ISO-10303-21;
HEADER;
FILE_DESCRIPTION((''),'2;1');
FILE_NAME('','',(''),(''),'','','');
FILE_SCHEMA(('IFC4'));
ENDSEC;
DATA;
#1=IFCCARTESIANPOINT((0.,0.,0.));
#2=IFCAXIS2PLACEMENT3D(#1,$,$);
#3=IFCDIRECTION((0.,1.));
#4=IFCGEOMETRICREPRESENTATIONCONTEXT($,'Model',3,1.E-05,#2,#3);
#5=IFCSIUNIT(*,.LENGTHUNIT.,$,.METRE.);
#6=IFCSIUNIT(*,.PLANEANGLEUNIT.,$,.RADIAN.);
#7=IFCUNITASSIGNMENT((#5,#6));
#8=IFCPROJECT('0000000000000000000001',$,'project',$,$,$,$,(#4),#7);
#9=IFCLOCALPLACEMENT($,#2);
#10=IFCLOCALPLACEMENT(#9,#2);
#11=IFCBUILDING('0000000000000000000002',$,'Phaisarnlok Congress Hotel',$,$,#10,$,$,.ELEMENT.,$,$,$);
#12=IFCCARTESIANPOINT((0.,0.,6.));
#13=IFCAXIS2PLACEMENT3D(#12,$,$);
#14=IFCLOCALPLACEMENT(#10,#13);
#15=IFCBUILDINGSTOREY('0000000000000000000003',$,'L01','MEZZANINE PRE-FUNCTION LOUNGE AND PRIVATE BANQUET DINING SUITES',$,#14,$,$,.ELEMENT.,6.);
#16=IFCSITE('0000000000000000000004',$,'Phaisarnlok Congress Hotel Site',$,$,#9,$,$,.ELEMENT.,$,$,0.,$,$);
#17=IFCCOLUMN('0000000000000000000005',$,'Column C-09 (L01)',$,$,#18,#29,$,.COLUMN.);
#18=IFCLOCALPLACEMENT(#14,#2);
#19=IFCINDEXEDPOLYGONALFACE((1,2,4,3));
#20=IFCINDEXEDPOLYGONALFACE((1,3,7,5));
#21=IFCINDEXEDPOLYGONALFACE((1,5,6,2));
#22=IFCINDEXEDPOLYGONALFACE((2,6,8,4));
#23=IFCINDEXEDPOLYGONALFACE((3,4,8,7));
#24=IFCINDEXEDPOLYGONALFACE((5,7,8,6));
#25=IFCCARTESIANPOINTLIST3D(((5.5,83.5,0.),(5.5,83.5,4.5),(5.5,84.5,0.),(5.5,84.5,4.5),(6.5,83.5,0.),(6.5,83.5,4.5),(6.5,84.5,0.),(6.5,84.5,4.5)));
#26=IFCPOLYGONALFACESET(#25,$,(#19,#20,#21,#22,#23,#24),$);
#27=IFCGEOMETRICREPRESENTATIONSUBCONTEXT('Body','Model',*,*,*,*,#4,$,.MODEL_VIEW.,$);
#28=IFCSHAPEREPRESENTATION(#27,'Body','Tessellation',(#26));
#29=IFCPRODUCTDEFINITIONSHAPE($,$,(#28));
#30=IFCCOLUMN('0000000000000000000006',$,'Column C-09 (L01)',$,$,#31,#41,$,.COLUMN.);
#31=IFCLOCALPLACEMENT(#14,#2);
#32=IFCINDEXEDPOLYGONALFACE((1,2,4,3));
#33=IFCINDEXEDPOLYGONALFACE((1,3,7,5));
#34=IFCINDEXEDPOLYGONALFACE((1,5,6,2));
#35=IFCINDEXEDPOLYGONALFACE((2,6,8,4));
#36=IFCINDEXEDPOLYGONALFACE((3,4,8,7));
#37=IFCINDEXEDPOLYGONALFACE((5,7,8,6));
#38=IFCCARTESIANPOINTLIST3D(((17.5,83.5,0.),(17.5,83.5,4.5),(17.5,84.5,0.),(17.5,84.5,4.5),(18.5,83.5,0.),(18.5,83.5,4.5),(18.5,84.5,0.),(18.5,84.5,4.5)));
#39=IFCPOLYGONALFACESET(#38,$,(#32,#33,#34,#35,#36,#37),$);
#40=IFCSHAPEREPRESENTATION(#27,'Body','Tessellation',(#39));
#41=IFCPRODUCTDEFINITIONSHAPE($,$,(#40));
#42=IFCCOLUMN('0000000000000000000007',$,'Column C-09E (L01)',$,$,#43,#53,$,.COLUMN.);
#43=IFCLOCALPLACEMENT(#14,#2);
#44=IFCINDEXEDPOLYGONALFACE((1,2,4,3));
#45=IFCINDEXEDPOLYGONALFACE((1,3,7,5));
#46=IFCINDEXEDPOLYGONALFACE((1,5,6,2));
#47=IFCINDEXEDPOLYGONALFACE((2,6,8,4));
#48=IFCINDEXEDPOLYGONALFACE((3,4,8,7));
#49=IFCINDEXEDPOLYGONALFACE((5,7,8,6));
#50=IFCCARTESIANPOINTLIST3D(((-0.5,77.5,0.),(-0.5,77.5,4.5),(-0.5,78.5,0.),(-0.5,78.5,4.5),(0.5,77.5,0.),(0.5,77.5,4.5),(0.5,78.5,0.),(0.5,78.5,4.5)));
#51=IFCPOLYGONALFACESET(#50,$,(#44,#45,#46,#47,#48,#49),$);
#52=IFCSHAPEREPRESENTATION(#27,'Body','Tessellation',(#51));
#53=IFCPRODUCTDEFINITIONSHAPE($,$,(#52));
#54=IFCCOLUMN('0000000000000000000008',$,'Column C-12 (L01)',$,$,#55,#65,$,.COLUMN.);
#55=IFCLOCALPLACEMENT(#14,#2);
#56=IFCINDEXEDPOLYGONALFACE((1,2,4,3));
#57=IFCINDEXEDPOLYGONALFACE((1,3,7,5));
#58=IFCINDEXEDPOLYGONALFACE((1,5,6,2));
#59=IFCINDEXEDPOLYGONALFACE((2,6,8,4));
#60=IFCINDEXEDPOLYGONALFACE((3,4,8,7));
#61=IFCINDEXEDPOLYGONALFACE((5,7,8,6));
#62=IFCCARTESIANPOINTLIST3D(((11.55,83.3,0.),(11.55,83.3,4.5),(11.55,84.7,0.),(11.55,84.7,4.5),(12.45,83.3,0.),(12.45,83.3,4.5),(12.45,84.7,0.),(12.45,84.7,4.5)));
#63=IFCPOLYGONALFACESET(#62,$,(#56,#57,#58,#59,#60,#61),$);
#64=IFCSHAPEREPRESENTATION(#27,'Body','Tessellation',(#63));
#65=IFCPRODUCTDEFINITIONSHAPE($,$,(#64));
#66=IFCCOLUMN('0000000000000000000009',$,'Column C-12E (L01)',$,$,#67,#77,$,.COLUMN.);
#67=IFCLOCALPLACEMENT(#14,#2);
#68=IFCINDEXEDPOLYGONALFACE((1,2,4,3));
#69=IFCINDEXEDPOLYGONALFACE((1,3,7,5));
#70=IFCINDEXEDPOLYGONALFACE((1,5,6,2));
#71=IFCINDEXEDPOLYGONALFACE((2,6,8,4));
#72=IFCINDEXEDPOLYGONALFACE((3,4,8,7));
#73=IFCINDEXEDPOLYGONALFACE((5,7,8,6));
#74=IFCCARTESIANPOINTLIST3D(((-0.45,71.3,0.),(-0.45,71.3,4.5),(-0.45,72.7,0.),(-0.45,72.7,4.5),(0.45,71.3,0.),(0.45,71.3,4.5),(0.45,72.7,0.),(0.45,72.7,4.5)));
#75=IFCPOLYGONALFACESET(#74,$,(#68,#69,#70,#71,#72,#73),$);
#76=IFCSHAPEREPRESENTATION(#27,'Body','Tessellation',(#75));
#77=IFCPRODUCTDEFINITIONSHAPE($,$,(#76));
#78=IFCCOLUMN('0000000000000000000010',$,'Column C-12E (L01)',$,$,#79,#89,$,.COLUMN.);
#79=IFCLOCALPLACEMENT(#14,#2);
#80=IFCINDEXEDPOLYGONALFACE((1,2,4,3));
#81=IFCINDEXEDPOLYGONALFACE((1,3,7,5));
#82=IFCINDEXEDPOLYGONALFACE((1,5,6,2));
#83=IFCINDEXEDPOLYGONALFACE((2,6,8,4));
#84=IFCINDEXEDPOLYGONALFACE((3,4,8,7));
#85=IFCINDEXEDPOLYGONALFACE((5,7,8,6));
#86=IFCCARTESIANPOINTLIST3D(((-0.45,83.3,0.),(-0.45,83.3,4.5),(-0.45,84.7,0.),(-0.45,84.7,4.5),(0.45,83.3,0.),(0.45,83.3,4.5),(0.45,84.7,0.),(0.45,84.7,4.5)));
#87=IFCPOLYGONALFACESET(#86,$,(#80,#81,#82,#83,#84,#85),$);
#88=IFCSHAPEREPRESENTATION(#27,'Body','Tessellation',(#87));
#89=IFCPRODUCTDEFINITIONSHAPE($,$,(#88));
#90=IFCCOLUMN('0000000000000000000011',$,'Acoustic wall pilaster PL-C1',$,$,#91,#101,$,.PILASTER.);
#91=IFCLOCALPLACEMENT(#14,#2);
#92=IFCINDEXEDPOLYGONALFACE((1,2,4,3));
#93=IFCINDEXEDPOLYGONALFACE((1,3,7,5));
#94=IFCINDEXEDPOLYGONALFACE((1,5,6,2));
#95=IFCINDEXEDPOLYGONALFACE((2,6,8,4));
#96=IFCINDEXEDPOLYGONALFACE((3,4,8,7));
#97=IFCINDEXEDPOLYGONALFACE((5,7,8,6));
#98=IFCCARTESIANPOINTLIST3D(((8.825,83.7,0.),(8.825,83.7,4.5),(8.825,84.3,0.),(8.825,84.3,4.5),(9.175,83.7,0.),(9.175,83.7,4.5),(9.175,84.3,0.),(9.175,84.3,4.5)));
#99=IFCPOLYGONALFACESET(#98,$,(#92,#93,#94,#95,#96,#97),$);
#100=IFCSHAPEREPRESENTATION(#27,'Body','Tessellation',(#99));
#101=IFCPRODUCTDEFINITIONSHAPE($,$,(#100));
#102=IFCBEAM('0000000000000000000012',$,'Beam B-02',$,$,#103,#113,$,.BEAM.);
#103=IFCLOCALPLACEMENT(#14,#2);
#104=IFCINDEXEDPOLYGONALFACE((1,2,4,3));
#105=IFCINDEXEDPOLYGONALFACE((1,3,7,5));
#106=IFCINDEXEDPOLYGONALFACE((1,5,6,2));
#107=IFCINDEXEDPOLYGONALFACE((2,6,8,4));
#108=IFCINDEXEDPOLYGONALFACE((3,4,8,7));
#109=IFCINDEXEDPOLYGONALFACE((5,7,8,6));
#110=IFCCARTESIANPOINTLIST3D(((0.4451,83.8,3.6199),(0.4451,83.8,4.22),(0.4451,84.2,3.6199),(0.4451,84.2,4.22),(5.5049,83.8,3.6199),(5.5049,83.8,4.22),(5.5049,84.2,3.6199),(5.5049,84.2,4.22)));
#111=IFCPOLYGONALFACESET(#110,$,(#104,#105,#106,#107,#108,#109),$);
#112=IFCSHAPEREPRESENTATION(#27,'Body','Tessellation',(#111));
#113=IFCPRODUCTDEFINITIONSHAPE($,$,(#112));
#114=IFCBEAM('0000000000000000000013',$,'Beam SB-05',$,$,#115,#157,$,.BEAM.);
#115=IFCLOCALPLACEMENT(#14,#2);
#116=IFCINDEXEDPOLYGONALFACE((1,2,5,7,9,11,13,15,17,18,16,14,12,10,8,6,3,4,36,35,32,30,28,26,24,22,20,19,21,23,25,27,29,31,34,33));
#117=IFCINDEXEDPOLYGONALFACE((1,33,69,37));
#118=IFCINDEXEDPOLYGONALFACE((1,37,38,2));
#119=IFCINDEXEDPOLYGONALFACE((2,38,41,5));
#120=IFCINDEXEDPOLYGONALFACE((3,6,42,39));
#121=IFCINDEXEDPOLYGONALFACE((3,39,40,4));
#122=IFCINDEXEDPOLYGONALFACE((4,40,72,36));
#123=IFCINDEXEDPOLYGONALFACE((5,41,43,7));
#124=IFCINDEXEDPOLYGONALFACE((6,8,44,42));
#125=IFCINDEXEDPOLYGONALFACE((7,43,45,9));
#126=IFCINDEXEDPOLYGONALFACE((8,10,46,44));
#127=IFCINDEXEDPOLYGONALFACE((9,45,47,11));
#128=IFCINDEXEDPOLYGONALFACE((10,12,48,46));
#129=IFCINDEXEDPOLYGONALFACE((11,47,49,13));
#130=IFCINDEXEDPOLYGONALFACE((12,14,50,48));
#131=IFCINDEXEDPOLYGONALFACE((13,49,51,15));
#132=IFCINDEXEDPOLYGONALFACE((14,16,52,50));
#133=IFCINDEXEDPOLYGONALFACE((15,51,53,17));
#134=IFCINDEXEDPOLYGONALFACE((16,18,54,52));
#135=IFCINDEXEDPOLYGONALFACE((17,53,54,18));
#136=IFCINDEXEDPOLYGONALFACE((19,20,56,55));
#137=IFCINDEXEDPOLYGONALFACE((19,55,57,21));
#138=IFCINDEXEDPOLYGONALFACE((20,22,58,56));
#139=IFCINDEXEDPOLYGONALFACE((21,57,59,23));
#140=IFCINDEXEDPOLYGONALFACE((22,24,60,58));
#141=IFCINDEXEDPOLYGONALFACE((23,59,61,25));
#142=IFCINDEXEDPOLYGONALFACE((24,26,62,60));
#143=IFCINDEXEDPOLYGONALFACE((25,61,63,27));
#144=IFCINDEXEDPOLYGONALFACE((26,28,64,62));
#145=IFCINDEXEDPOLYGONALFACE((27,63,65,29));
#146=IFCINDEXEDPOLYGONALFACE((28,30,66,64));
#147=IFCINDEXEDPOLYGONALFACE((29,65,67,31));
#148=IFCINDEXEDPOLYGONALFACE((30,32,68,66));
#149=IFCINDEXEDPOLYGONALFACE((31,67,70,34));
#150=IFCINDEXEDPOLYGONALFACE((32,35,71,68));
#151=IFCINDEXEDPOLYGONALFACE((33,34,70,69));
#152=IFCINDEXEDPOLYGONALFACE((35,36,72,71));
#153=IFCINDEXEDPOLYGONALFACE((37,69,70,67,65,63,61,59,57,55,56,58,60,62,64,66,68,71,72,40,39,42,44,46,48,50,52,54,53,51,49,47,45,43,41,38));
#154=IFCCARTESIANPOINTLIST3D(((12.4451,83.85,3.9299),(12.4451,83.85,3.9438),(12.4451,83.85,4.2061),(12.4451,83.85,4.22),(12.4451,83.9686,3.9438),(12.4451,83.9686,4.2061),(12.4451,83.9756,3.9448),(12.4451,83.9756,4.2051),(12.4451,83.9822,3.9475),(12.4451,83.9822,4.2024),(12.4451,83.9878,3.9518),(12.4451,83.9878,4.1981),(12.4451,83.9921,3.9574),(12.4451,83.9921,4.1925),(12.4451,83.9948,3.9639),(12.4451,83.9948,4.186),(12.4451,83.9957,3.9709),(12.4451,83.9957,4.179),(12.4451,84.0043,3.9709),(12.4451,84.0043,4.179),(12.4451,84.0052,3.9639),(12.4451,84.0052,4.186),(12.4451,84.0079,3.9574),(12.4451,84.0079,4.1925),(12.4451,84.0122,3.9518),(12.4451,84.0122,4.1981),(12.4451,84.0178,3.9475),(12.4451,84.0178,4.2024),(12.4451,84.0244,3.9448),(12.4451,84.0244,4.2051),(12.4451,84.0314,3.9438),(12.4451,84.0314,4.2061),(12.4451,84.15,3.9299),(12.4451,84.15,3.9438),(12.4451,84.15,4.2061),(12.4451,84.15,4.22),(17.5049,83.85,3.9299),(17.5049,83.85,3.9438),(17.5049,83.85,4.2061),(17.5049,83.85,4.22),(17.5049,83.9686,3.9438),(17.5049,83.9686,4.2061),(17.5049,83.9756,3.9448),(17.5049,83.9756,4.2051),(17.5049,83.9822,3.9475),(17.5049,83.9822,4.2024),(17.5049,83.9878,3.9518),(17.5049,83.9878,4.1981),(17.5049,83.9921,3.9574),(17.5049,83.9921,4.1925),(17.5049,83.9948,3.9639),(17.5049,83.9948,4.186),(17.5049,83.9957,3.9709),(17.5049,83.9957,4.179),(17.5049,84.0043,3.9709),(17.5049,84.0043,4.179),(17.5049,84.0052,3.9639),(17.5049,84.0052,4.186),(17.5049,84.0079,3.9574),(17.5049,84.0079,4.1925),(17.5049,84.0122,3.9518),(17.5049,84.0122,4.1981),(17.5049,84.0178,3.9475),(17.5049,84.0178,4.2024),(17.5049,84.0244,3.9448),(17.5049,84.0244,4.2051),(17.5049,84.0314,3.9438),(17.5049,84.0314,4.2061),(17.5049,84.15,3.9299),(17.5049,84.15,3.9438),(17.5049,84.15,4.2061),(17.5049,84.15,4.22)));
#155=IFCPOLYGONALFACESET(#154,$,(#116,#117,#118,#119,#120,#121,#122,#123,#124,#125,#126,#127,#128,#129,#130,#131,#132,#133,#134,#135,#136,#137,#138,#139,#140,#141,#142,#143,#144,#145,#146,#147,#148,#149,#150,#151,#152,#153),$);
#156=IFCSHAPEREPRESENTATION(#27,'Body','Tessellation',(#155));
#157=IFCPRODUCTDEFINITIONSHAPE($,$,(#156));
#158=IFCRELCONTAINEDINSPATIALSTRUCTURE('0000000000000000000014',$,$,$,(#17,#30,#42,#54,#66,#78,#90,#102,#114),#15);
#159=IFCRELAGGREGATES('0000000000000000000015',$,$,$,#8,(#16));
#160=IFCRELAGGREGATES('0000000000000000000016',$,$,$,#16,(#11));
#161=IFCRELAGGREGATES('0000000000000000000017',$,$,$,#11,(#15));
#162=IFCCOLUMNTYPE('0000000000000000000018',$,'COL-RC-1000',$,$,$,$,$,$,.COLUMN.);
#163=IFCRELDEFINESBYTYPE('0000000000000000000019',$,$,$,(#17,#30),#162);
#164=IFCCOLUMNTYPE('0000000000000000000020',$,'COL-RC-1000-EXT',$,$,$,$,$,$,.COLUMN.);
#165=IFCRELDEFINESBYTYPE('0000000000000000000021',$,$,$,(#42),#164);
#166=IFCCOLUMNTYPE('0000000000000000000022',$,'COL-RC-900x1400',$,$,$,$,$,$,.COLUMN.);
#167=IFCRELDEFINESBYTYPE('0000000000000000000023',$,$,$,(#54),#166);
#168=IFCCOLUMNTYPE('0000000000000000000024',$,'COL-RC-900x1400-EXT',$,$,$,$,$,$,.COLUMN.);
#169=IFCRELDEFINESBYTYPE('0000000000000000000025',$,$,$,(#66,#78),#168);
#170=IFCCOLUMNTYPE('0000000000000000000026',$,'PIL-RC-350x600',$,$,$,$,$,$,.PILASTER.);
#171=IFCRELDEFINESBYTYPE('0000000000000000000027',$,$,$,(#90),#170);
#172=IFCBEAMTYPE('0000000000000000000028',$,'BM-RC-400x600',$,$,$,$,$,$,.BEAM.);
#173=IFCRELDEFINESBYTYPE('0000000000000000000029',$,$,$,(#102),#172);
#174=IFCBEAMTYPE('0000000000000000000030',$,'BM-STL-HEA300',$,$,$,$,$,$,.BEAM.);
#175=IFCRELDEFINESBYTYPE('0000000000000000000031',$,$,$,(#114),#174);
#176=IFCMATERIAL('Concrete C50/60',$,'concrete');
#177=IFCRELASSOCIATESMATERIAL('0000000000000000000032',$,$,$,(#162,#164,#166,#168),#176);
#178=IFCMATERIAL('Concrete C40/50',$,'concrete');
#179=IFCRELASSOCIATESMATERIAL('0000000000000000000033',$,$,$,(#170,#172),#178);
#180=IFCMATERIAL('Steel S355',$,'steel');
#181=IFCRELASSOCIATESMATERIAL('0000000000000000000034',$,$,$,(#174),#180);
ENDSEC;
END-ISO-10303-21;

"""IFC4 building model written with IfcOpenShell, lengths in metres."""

from ifc_helpers import new_model, si_unit, direction, frame, origin, origin_2d, place, context, subcontext, project, spatial, rectangle, i_section, extrude, material, material_profile, profile_set, type_object, element, save


model = new_model("IFC4")

# Units and contexts
model_context = context("Model", 3, precision=1e-05, world=origin(), true_north=direction((0.0, 1.0)))
body_context = subcontext(model_context, "Body", "Model", "MODEL_VIEW")
ifc_project = project(units=[si_unit("LENGTHUNIT", "METRE"), si_unit("PLANEANGLEUNIT", "RADIAN")], contexts=[model_context])

# Site, building, storey
site_placement = place(None, origin())
site = spatial("IfcSite", under=ifc_project, at=site_placement, Name="Phaisarnlok Congress Hotel Site", CompositionType="ELEMENT", RefElevation=0.0)
building_placement = place(site_placement, origin())
building = spatial("IfcBuilding", under=site, at=building_placement, Name="Phaisarnlok Congress Hotel", CompositionType="ELEMENT")
storey_placement = place(building_placement, frame((0.0, 0.0, 6.0)))
storey = spatial("IfcBuildingStorey", under=building, at=storey_placement, Name="L01", Description="MEZZANINE PRE-FUNCTION LOUNGE AND PRIVATE BANQUET DINING SUITES", CompositionType="ELEMENT", Elevation=6.0)

# Columns
ifc_material_1 = material(Name="Concrete C50/60", Category="concrete")
ifc_material_profile_1 = material_profile(ifc_material_1, rectangle(XDim=1.0, YDim=1.0, at=origin_2d()), Name="RC 1000x1000")
ifc_profile_set_1 = profile_set([ifc_material_profile_1], Name="Concrete C50/60")
column_type_1 = type_object("IfcColumnType", Name="COL-RC-1000", PredefinedType="COLUMN", material=ifc_profile_set_1)
for number, where, z_axis, x_axis, name in (
    (1, (6.0, 84.0, 0.0), (0.0, 0.0, 1.0), (1.0, 0.0, 0.0), "Column C-09 (L01)"),
    (2, (18.0, 84.0, 0.0), (0.0, 0.0, 1.0), (1.0, 0.0, 0.0), "Column C-09 (L01)"),
):
    element("IfcColumn", number, at=place(storey_placement, frame(where, z_axis=z_axis, x_axis=x_axis)), inside=storey, type_object=column_type_1, Name=name, PredefinedType="COLUMN", context=body_context, shape_type="SweptSolid", body=[
        extrude(rectangle(XDim=1.0, YDim=1.0, at=origin_2d()), origin(), (0.0, 0.0, 1.0), 4.5),
    ])
ifc_material_profile_2 = material_profile(ifc_material_1, rectangle(XDim=1.0, YDim=1.0, at=origin_2d()), Name="RC 1000x1000")
ifc_profile_set_2 = profile_set([ifc_material_profile_2], Name="Concrete C50/60")
column_type_2 = type_object("IfcColumnType", Name="COL-RC-1000-EXT", PredefinedType="COLUMN", material=ifc_profile_set_2)
column_1_placement = place(storey_placement, frame((0.0, 78.0, 0.0), z_axis=(0.0, 0.0, 1.0), x_axis=(1.0, 0.0, 0.0)))
element("IfcColumn", 3, at=column_1_placement, inside=storey, type_object=column_type_2, Name="Column C-09E (L01)", PredefinedType="COLUMN", context=body_context, shape_type="SweptSolid", body=[
    extrude(rectangle(XDim=1.0, YDim=1.0, at=origin_2d()), origin(), (0.0, 0.0, 1.0), 4.5),
])
ifc_material_profile_3 = material_profile(ifc_material_1, rectangle(XDim=0.8999, YDim=1.3999, at=origin_2d()), Name="RC 900x1400")
ifc_profile_set_3 = profile_set([ifc_material_profile_3], Name="Concrete C50/60")
column_type_3 = type_object("IfcColumnType", Name="COL-RC-900x1400", PredefinedType="COLUMN", material=ifc_profile_set_3)
column_2_placement = place(storey_placement, frame((12.0, 84.0, 0.0), z_axis=(0.0, 0.0, 1.0), x_axis=(1.0, 0.0, 0.0)))
element("IfcColumn", 4, at=column_2_placement, inside=storey, type_object=column_type_3, Name="Column C-12 (L01)", PredefinedType="COLUMN", context=body_context, shape_type="SweptSolid", body=[
    extrude(rectangle(XDim=0.8999, YDim=1.3999, at=origin_2d()), origin(), (0.0, 0.0, 1.0), 4.5),
])
ifc_material_profile_4 = material_profile(ifc_material_1, rectangle(XDim=0.8999, YDim=1.3999, at=origin_2d()), Name="RC 900x1400")
ifc_profile_set_4 = profile_set([ifc_material_profile_4], Name="Concrete C50/60")
column_type_4 = type_object("IfcColumnType", Name="COL-RC-900x1400-EXT", PredefinedType="COLUMN", material=ifc_profile_set_4)
for number, where, z_axis, x_axis, name in (
    (5, (0.0, 72.0, 0.0), (0.0, 0.0, 1.0), (1.0, 0.0, 0.0), "Column C-12E (L01)"),
    (6, (0.0, 84.0, 0.0), (0.0, 0.0, 1.0), (1.0, 0.0, 0.0), "Column C-12E (L01)"),
):
    element("IfcColumn", number, at=place(storey_placement, frame(where, z_axis=z_axis, x_axis=x_axis)), inside=storey, type_object=column_type_4, Name=name, PredefinedType="COLUMN", context=body_context, shape_type="SweptSolid", body=[
        extrude(rectangle(XDim=0.8999, YDim=1.3999, at=origin_2d()), origin(), (0.0, 0.0, 1.0), 4.5),
    ])
ifc_material_2 = material(Name="Concrete C40/50", Category="concrete")
ifc_material_profile_5 = material_profile(ifc_material_2, rectangle(XDim=0.3501, YDim=0.6001, at=origin_2d()), Name="RC 350x600")
ifc_profile_set_5 = profile_set([ifc_material_profile_5], Name="Concrete C40/50")
column_type_5 = type_object("IfcColumnType", Name="PIL-RC-350x600", PredefinedType="PILASTER", material=ifc_profile_set_5)
column_3_placement = place(storey_placement, frame((9.0, 84.0, 0.0), z_axis=(0.0, 0.0, 1.0), x_axis=(1.0, 0.0, 0.0)))
element("IfcColumn", 7, at=column_3_placement, inside=storey, type_object=column_type_5, Name="Acoustic wall pilaster PL-C1", PredefinedType="PILASTER", context=body_context, shape_type="SweptSolid", body=[
    extrude(rectangle(XDim=0.3501, YDim=0.6001, at=origin_2d()), origin(), (0.0, 0.0, 1.0), 4.5),
])

# Beams
ifc_material_profile_6 = material_profile(ifc_material_2, rectangle(XDim=0.3999, YDim=0.6001, at=origin_2d()), Name="RC 400x600")
ifc_profile_set_6 = profile_set([ifc_material_profile_6], Name="Concrete C40/50")
beam_type_1 = type_object("IfcBeamType", Name="BM-RC-400x600", PredefinedType="BEAM", material=ifc_profile_set_6)
beam_1_placement = place(storey_placement, frame((0.4451, 84.0, 3.9199), z_axis=(1.0, 0.0, 0.0), x_axis=(0.0, 1.0, 0.0)))
element("IfcBeam", 8, at=beam_1_placement, inside=storey, type_object=beam_type_1, Name="Beam B-02", PredefinedType="BEAM", context=body_context, shape_type="SweptSolid", body=[
    extrude(rectangle(XDim=0.3999, YDim=0.6001, at=origin_2d()), origin(), (0.0, 0.0, 1.0), 5.0598),
])
ifc_material_3 = material(Name="Steel S355", Category="steel")
ifc_material_profile_7 = material_profile(ifc_material_3, i_section(OverallWidth=0.3, OverallDepth=0.29, WebThickness=0.0085, FlangeThickness=0.0139, FilletRadius=0.0271, at=origin_2d()), Name="HEA 300")
ifc_profile_set_7 = profile_set([ifc_material_profile_7], Name="Steel S355")
beam_type_2 = type_object("IfcBeamType", Name="BM-STL-HEA300", PredefinedType="BEAM", material=ifc_profile_set_7)
beam_2_placement = place(storey_placement, frame((12.4451, 84.0, 4.075), z_axis=(1.0, 0.0, 0.0), x_axis=(0.0, 1.0, 0.0)))
element("IfcBeam", 9, at=beam_2_placement, inside=storey, type_object=beam_type_2, Name="Beam SB-05", PredefinedType="BEAM", context=body_context, shape_type="SweptSolid", body=[
    extrude(i_section(OverallWidth=0.3, OverallDepth=0.29, WebThickness=0.0085, FlangeThickness=0.0139, FilletRadius=0.0271, at=origin_2d()), origin(), (0.0, 0.0, 1.0), 5.0598),
])

save(model, "model.ifc")
